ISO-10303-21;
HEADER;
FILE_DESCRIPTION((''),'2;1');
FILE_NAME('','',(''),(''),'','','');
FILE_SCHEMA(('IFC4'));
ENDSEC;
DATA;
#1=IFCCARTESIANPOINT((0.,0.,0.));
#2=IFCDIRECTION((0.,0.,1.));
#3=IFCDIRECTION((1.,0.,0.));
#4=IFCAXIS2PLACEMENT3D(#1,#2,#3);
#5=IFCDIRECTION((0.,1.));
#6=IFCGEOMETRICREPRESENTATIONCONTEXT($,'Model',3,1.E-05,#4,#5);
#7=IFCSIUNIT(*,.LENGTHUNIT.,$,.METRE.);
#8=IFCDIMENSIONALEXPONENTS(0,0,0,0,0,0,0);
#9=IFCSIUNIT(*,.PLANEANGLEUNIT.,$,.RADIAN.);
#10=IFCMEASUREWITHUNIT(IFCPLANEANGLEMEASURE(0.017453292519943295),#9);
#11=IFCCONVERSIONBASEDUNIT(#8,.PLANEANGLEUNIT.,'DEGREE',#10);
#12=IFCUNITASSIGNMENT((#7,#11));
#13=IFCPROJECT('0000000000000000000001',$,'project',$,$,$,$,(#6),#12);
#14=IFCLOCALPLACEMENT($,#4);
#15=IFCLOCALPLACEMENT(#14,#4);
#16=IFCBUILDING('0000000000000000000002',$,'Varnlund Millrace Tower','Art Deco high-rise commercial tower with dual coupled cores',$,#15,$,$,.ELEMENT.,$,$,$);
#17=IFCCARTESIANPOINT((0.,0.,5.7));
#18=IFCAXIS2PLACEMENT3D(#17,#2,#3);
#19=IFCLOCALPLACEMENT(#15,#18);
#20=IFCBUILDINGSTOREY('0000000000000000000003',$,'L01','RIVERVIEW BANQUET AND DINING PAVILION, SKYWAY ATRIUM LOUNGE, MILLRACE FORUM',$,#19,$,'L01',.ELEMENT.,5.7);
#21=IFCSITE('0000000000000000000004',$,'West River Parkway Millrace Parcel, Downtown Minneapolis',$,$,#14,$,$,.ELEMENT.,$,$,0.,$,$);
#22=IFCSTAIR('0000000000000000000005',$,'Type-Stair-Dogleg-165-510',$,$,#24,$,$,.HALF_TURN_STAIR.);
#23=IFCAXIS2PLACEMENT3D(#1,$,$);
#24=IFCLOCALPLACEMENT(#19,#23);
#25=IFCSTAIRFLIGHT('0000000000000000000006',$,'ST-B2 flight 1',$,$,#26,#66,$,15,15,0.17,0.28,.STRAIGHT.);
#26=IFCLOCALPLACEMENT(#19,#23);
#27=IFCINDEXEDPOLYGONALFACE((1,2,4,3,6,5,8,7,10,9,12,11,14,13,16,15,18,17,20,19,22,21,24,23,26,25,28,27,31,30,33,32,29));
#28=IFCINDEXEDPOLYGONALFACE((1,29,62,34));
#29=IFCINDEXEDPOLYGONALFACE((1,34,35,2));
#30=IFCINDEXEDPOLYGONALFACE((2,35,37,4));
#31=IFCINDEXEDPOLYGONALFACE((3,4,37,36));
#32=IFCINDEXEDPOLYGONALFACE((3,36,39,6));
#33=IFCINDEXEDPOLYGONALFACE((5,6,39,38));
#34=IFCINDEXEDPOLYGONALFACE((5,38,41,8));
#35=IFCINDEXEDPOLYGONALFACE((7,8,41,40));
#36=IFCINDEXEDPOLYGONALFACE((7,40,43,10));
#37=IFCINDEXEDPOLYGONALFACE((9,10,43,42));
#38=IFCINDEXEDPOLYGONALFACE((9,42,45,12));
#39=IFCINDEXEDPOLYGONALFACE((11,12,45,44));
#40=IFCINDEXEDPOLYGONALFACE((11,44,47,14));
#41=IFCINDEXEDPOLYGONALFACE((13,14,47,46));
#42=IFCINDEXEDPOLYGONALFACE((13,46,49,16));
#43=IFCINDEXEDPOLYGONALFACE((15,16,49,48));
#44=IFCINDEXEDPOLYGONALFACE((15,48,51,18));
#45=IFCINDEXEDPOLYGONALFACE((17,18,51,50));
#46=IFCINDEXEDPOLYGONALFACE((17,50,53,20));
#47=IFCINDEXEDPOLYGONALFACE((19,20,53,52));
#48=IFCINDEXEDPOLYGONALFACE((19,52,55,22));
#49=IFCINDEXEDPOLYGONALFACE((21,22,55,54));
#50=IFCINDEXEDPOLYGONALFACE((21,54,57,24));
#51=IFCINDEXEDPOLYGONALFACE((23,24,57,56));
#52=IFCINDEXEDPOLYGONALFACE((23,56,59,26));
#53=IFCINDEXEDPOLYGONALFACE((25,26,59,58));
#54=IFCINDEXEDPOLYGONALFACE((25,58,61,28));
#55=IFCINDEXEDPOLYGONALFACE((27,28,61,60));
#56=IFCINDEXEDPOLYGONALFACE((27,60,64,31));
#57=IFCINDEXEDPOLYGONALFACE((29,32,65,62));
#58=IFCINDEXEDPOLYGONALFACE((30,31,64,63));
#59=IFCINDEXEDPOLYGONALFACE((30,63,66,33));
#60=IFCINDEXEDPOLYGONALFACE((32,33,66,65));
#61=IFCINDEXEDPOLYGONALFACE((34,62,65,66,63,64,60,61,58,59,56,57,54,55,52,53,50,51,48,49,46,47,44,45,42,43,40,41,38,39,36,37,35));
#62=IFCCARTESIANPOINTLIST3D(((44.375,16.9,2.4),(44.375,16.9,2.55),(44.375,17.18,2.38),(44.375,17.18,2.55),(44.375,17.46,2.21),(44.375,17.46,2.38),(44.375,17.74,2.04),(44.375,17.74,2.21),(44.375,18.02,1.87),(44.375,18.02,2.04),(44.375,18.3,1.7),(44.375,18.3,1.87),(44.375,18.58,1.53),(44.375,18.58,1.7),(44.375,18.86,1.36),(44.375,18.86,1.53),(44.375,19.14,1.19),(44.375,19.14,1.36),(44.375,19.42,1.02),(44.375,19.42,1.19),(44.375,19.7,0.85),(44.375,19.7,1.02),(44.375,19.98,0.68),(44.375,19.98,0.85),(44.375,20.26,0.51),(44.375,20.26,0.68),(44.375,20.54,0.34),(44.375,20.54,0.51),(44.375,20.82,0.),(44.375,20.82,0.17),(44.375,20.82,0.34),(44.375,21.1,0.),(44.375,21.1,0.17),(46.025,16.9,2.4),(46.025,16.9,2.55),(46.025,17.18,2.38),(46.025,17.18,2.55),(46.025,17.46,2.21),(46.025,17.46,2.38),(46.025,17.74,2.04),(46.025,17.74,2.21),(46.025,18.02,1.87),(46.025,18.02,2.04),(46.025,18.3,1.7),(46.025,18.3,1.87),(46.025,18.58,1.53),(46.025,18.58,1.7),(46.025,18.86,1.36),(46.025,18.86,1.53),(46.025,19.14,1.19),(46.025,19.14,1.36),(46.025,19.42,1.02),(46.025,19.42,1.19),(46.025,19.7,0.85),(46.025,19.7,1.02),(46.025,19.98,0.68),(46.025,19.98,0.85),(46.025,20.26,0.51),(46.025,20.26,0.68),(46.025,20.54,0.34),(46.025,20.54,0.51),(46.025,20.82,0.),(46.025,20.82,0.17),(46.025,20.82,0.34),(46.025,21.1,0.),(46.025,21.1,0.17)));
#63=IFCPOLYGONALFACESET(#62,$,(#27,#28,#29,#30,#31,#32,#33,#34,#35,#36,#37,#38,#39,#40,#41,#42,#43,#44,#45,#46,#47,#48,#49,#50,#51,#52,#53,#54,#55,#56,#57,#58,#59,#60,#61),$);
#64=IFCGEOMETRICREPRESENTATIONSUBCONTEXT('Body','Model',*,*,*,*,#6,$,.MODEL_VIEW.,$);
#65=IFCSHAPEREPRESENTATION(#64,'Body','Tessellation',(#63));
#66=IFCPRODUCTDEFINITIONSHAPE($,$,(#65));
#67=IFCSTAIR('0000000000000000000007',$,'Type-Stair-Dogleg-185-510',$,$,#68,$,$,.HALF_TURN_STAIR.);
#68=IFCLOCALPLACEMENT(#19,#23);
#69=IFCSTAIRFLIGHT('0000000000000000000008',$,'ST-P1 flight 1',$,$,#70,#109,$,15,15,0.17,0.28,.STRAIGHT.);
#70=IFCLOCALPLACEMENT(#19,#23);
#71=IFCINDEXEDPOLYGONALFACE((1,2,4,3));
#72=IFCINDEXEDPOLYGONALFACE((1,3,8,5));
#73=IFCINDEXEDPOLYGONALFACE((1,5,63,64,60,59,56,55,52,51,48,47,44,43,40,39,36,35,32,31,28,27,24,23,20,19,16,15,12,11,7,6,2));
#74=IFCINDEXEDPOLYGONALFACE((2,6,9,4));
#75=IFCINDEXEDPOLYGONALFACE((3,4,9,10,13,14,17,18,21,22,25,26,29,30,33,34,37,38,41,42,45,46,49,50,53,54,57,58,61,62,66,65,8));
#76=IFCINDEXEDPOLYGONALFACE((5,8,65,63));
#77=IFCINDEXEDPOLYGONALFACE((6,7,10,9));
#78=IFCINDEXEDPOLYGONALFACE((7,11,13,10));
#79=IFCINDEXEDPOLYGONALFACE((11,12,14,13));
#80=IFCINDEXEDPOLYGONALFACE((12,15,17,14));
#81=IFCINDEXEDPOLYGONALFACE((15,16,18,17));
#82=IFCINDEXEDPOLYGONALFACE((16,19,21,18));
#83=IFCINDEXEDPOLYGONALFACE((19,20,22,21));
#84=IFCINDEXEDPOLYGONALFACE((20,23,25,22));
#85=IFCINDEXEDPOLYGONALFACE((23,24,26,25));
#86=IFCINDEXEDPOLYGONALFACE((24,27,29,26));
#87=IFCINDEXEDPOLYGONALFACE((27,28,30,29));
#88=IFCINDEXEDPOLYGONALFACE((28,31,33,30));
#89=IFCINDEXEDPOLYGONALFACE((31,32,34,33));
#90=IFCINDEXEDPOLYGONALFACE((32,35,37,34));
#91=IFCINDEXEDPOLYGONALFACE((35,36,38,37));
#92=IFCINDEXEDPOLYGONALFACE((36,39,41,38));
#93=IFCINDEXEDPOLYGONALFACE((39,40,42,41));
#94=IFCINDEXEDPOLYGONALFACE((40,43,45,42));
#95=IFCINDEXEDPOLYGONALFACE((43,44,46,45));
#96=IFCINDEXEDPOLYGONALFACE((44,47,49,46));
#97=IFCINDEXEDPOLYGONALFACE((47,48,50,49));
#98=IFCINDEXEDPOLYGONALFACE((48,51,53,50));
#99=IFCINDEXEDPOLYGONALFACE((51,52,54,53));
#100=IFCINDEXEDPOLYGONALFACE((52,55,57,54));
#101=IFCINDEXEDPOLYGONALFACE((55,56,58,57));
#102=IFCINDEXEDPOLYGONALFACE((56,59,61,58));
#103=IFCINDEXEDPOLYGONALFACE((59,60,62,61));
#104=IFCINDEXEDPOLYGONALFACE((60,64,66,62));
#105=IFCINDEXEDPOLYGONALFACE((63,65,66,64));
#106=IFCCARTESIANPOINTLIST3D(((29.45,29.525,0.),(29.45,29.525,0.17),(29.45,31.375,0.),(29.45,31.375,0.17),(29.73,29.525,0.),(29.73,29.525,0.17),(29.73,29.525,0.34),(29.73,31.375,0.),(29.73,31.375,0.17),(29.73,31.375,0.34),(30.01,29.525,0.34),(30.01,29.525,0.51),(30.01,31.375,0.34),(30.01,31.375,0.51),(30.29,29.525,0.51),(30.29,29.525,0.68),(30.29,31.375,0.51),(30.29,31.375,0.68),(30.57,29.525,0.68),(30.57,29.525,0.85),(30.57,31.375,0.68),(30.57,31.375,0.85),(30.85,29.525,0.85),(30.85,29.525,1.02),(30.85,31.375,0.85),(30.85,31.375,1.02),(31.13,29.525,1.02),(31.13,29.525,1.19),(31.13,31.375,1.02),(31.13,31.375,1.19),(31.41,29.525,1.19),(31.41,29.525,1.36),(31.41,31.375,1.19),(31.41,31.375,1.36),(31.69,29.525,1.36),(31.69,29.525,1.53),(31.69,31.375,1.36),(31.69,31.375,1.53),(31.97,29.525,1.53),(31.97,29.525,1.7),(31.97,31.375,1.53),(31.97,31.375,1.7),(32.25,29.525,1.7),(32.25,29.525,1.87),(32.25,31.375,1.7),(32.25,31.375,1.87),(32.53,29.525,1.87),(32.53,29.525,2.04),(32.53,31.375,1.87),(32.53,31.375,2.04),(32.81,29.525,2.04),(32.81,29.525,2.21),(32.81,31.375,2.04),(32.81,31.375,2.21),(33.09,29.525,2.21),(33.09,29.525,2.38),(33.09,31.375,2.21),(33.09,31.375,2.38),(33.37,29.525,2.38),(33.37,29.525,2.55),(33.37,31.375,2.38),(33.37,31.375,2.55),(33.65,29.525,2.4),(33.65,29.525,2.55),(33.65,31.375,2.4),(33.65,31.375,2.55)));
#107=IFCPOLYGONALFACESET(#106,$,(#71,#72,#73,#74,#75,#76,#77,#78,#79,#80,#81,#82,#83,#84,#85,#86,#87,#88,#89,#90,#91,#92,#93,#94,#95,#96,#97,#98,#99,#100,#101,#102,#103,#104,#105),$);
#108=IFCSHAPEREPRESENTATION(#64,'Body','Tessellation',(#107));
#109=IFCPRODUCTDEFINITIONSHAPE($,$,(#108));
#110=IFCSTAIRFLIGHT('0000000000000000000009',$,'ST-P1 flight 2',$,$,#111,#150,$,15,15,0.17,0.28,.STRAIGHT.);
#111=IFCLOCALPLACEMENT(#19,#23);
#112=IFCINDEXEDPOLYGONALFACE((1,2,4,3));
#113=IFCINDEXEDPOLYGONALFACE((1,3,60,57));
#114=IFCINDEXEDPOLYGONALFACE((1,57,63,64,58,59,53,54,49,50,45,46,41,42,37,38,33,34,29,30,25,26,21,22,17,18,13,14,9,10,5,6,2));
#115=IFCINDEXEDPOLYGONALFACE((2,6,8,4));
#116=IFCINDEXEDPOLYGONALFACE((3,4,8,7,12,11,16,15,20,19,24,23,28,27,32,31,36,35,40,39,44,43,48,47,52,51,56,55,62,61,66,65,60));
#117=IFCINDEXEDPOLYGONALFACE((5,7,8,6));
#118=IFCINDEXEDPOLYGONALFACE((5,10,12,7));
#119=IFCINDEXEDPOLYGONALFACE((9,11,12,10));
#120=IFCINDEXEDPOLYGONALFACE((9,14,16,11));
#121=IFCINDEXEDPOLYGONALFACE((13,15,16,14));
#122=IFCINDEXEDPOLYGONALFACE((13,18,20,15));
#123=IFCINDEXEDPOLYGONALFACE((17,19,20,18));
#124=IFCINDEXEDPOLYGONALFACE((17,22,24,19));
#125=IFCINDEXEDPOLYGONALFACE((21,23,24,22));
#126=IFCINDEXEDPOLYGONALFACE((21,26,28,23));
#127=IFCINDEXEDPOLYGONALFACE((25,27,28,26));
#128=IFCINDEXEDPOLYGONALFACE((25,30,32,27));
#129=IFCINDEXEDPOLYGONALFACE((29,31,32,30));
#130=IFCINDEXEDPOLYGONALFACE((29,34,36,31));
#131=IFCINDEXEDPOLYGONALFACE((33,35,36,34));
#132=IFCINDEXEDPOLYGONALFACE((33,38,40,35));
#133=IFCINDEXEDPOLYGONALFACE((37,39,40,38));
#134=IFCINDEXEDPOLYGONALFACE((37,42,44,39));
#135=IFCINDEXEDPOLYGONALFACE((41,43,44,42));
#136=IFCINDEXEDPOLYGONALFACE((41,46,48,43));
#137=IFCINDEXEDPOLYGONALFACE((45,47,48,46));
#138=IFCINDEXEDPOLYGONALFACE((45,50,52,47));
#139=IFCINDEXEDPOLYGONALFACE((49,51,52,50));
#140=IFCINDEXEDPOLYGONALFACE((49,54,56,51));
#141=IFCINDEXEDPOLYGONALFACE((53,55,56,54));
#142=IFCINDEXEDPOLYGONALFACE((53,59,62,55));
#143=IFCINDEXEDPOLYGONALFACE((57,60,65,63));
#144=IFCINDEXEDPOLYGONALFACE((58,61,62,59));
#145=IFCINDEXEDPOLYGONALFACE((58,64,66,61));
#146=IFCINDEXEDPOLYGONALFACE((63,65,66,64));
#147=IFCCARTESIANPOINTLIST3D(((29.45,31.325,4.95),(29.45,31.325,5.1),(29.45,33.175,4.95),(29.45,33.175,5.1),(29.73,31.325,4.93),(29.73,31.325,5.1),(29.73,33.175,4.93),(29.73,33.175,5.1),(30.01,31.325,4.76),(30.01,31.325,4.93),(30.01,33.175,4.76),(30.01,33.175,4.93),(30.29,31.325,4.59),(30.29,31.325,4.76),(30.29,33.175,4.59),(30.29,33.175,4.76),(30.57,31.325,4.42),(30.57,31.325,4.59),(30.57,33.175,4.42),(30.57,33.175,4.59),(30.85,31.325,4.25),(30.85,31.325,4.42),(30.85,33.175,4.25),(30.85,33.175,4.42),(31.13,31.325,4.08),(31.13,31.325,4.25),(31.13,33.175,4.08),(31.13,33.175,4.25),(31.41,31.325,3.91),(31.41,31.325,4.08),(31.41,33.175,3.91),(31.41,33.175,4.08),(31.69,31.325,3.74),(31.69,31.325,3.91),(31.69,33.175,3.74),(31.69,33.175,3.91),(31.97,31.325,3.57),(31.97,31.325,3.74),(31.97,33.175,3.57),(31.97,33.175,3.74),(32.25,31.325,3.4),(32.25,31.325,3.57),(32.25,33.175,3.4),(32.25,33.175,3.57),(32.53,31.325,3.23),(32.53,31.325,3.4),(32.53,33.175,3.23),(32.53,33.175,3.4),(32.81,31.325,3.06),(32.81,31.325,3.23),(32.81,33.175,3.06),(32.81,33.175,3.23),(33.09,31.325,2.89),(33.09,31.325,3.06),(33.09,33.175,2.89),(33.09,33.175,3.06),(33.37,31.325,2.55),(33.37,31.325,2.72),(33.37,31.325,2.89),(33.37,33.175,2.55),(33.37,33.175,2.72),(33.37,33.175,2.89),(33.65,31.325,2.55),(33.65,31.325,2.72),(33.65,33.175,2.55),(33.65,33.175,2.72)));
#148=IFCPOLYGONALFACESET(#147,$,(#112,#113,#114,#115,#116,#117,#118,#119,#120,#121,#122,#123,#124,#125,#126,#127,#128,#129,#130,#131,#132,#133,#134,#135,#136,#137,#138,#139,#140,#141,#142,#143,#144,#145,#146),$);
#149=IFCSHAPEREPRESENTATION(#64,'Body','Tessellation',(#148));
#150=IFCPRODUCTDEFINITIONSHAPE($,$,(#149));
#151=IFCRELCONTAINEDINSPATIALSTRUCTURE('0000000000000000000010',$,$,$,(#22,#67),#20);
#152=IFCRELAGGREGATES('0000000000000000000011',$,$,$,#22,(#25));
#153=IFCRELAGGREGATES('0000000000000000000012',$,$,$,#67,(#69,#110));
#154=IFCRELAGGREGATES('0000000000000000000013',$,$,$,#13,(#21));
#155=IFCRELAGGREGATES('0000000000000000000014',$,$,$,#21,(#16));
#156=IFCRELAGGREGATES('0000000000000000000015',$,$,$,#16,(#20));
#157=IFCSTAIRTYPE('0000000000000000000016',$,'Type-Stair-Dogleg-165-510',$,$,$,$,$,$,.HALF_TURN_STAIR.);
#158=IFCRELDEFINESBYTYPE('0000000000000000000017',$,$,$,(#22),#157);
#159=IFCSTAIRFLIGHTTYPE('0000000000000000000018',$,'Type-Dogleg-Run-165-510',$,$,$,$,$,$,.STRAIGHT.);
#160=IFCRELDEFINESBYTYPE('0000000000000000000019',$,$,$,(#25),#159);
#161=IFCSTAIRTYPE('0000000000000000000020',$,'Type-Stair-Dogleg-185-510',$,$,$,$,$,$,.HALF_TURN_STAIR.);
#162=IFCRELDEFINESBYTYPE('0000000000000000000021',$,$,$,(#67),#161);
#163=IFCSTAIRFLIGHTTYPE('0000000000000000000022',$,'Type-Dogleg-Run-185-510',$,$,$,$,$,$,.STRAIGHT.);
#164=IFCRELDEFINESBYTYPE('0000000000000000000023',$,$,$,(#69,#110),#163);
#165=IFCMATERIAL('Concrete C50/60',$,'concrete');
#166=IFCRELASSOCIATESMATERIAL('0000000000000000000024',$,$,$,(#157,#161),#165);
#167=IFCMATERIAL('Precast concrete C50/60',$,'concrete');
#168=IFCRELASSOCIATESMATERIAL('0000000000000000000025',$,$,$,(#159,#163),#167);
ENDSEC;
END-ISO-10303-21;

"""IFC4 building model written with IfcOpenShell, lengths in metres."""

from ifc_helpers import new_model, entity, si_unit, converted_unit, direction, frame, origin_with_axes, place, context, subcontext, project, spatial, polyline, outline, extrude, material, type_object, element, aggregate, save


model = new_model("IFC4")

# Units and contexts
model_context = context("Model", 3, precision=1e-05, world=origin_with_axes(), true_north=direction((0.0, 1.0)))
body_context = subcontext(model_context, "Body", "Model", "MODEL_VIEW")
ifc_project = project(units=[si_unit("LENGTHUNIT", "METRE"), converted_unit("PLANEANGLEUNIT", "DEGREE", entity("IfcPlaneAngleMeasure", 0.017453292519943295), si_unit("PLANEANGLEUNIT", "RADIAN"), dimensions=[0, 0, 0, 0, 0, 0, 0])], contexts=[model_context])

# Site, building, storey
site_placement = place(None, origin_with_axes())
site = spatial("IfcSite", under=ifc_project, at=site_placement, Name="West River Parkway Millrace Parcel, Downtown Minneapolis", CompositionType="ELEMENT", RefElevation=0.0)
building_placement = place(site_placement, origin_with_axes())
building = spatial("IfcBuilding", under=site, at=building_placement, Name="Varnlund Millrace Tower", Description="Art Deco high-rise commercial tower with dual coupled cores", CompositionType="ELEMENT")
storey_placement = place(building_placement, frame((0.0, 0.0, 5.7), z_axis=(0.0, 0.0, 1.0), x_axis=(1.0, 0.0, 0.0)))
storey = spatial("IfcBuildingStorey", under=building, at=storey_placement, Name="L01", Description="RIVERVIEW BANQUET AND DINING PAVILION, SKYWAY ATRIUM LOUNGE, MILLRACE FORUM", LongName="L01", CompositionType="ELEMENT", Elevation=5.7)

# Shared definitions
ifc_material_1 = material(Name="Precast concrete C50/60", Category="concrete")

# Stair, stair flight
ifc_material_2 = material(Name="Concrete C50/60", Category="concrete")
stair_type_1 = type_object("IfcStairType", Name="Type-Stair-Dogleg-165-510", PredefinedType="HALF_TURN_STAIR", material=ifc_material_2)
stair_1_placement = place(storey_placement, origin_with_axes())
stair_1 = element("IfcStair", 1, at=stair_1_placement, inside=storey, type_object=stair_type_1, Name="Type-Stair-Dogleg-165-510", PredefinedType="HALF_TURN_STAIR")
stair_flight_type_1 = type_object("IfcStairFlightType", Name="Type-Dogleg-Run-165-510", PredefinedType="STRAIGHT", material=ifc_material_1)
stair_flight_1_placement = place(storey_placement, frame((46.025, 21.1, 0.0), z_axis=(-1.0, 0.0, 0.0), x_axis=(0.0, -1.0, 0.0)))
stair_flight_1 = element("IfcStairFlight", 2, at=stair_flight_1_placement, type_object=stair_flight_type_1, Name="ST-B2 flight 1", NumberOfRisers=15, NumberOfTreads=15, PredefinedType="STRAIGHT", RiserHeight=0.17, TreadLength=0.28, context=body_context, shape_type="SweptSolid", body=[
    extrude(outline(polyline([(0.0, 0.0), (0.0, 0.17), (0.28, 0.17), (0.28, 0.34), (0.56, 0.34), (0.56, 0.51), (0.84, 0.51), (0.84, 0.68), (1.12, 0.68), (1.12, 0.85), (1.4, 0.85), (1.4, 1.02), (1.68, 1.02), (1.68, 1.19), (1.96, 1.19), (1.96, 1.36), (2.24, 1.36), (2.24, 1.53), (2.52, 1.53), (2.52, 1.7), (2.8, 1.7), (2.8, 1.87), (3.08, 1.87), (3.08, 2.04), (3.36, 2.04), (3.36, 2.21), (3.64, 2.21), (3.64, 2.38), (3.92, 2.38), (3.92, 2.55), (4.2, 2.55), (4.2, 2.4), (0.28, 0.0), (0.0, 0.0)])), origin_with_axes(), (0.0, 0.0, 1.0), 1.65),
])
aggregate(stair_1, [stair_flight_1])

# Stair, stair flights
stair_type_2 = type_object("IfcStairType", Name="Type-Stair-Dogleg-185-510", PredefinedType="HALF_TURN_STAIR", material=ifc_material_2)
stair_2_placement = place(storey_placement, origin_with_axes())
stair_2 = element("IfcStair", 3, at=stair_2_placement, inside=storey, type_object=stair_type_2, Name="Type-Stair-Dogleg-185-510", PredefinedType="HALF_TURN_STAIR")
stair_flight_type_2 = type_object("IfcStairFlightType", Name="Type-Dogleg-Run-185-510", PredefinedType="STRAIGHT", material=ifc_material_1)
stair_flight_2_placement = place(storey_placement, frame((29.45, 31.375, 0.0), z_axis=(0.0, -1.0, 0.0), x_axis=(1.0, 0.0, 0.0)))
stair_flight_2 = element("IfcStairFlight", 4, at=stair_flight_2_placement, type_object=stair_flight_type_2, Name="ST-P1 flight 1", NumberOfRisers=15, NumberOfTreads=15, PredefinedType="STRAIGHT", RiserHeight=0.17, TreadLength=0.28, context=body_context, shape_type="SweptSolid", body=[
    extrude(outline(polyline([(0.0, 0.0), (0.0, 0.17), (0.28, 0.17), (0.28, 0.34), (0.56, 0.34), (0.56, 0.51), (0.84, 0.51), (0.84, 0.68), (1.12, 0.68), (1.12, 0.85), (1.4, 0.85), (1.4, 1.02), (1.68, 1.02), (1.68, 1.19), (1.96, 1.19), (1.96, 1.36), (2.24, 1.36), (2.24, 1.53), (2.52, 1.53), (2.52, 1.7), (2.8, 1.7), (2.8, 1.87), (3.08, 1.87), (3.08, 2.04), (3.36, 2.04), (3.36, 2.21), (3.64, 2.21), (3.64, 2.38), (3.92, 2.38), (3.92, 2.55), (4.2, 2.55), (4.2, 2.4), (0.28, 0.0), (0.0, 0.0)])), origin_with_axes(), (0.0, 0.0, 1.0), 1.85),
])
stair_flight_3_placement = place(storey_placement, frame((33.65, 31.325, 2.55), z_axis=(0.0, 1.0, 0.0), x_axis=(-1.0, 0.0, 0.0)))
stair_flight_3 = element("IfcStairFlight", 5, at=stair_flight_3_placement, type_object=stair_flight_type_2, Name="ST-P1 flight 2", NumberOfRisers=15, NumberOfTreads=15, PredefinedType="STRAIGHT", RiserHeight=0.17, TreadLength=0.28, context=body_context, shape_type="SweptSolid", body=[
    extrude(outline(polyline([(0.0, 0.0), (0.0, 0.17), (0.28, 0.17), (0.28, 0.34), (0.56, 0.34), (0.56, 0.51), (0.84, 0.51), (0.84, 0.68), (1.12, 0.68), (1.12, 0.85), (1.4, 0.85), (1.4, 1.02), (1.68, 1.02), (1.68, 1.19), (1.96, 1.19), (1.96, 1.36), (2.24, 1.36), (2.24, 1.53), (2.52, 1.53), (2.52, 1.7), (2.8, 1.7), (2.8, 1.87), (3.08, 1.87), (3.08, 2.04), (3.36, 2.04), (3.36, 2.21), (3.64, 2.21), (3.64, 2.38), (3.92, 2.38), (3.92, 2.55), (4.2, 2.55), (4.2, 2.4), (0.28, 0.0), (0.0, 0.0)])), origin_with_axes(), (0.0, 0.0, 1.0), 1.85),
])
aggregate(stair_2, [stair_flight_2, stair_flight_3])

save(model, "model.ifc")
